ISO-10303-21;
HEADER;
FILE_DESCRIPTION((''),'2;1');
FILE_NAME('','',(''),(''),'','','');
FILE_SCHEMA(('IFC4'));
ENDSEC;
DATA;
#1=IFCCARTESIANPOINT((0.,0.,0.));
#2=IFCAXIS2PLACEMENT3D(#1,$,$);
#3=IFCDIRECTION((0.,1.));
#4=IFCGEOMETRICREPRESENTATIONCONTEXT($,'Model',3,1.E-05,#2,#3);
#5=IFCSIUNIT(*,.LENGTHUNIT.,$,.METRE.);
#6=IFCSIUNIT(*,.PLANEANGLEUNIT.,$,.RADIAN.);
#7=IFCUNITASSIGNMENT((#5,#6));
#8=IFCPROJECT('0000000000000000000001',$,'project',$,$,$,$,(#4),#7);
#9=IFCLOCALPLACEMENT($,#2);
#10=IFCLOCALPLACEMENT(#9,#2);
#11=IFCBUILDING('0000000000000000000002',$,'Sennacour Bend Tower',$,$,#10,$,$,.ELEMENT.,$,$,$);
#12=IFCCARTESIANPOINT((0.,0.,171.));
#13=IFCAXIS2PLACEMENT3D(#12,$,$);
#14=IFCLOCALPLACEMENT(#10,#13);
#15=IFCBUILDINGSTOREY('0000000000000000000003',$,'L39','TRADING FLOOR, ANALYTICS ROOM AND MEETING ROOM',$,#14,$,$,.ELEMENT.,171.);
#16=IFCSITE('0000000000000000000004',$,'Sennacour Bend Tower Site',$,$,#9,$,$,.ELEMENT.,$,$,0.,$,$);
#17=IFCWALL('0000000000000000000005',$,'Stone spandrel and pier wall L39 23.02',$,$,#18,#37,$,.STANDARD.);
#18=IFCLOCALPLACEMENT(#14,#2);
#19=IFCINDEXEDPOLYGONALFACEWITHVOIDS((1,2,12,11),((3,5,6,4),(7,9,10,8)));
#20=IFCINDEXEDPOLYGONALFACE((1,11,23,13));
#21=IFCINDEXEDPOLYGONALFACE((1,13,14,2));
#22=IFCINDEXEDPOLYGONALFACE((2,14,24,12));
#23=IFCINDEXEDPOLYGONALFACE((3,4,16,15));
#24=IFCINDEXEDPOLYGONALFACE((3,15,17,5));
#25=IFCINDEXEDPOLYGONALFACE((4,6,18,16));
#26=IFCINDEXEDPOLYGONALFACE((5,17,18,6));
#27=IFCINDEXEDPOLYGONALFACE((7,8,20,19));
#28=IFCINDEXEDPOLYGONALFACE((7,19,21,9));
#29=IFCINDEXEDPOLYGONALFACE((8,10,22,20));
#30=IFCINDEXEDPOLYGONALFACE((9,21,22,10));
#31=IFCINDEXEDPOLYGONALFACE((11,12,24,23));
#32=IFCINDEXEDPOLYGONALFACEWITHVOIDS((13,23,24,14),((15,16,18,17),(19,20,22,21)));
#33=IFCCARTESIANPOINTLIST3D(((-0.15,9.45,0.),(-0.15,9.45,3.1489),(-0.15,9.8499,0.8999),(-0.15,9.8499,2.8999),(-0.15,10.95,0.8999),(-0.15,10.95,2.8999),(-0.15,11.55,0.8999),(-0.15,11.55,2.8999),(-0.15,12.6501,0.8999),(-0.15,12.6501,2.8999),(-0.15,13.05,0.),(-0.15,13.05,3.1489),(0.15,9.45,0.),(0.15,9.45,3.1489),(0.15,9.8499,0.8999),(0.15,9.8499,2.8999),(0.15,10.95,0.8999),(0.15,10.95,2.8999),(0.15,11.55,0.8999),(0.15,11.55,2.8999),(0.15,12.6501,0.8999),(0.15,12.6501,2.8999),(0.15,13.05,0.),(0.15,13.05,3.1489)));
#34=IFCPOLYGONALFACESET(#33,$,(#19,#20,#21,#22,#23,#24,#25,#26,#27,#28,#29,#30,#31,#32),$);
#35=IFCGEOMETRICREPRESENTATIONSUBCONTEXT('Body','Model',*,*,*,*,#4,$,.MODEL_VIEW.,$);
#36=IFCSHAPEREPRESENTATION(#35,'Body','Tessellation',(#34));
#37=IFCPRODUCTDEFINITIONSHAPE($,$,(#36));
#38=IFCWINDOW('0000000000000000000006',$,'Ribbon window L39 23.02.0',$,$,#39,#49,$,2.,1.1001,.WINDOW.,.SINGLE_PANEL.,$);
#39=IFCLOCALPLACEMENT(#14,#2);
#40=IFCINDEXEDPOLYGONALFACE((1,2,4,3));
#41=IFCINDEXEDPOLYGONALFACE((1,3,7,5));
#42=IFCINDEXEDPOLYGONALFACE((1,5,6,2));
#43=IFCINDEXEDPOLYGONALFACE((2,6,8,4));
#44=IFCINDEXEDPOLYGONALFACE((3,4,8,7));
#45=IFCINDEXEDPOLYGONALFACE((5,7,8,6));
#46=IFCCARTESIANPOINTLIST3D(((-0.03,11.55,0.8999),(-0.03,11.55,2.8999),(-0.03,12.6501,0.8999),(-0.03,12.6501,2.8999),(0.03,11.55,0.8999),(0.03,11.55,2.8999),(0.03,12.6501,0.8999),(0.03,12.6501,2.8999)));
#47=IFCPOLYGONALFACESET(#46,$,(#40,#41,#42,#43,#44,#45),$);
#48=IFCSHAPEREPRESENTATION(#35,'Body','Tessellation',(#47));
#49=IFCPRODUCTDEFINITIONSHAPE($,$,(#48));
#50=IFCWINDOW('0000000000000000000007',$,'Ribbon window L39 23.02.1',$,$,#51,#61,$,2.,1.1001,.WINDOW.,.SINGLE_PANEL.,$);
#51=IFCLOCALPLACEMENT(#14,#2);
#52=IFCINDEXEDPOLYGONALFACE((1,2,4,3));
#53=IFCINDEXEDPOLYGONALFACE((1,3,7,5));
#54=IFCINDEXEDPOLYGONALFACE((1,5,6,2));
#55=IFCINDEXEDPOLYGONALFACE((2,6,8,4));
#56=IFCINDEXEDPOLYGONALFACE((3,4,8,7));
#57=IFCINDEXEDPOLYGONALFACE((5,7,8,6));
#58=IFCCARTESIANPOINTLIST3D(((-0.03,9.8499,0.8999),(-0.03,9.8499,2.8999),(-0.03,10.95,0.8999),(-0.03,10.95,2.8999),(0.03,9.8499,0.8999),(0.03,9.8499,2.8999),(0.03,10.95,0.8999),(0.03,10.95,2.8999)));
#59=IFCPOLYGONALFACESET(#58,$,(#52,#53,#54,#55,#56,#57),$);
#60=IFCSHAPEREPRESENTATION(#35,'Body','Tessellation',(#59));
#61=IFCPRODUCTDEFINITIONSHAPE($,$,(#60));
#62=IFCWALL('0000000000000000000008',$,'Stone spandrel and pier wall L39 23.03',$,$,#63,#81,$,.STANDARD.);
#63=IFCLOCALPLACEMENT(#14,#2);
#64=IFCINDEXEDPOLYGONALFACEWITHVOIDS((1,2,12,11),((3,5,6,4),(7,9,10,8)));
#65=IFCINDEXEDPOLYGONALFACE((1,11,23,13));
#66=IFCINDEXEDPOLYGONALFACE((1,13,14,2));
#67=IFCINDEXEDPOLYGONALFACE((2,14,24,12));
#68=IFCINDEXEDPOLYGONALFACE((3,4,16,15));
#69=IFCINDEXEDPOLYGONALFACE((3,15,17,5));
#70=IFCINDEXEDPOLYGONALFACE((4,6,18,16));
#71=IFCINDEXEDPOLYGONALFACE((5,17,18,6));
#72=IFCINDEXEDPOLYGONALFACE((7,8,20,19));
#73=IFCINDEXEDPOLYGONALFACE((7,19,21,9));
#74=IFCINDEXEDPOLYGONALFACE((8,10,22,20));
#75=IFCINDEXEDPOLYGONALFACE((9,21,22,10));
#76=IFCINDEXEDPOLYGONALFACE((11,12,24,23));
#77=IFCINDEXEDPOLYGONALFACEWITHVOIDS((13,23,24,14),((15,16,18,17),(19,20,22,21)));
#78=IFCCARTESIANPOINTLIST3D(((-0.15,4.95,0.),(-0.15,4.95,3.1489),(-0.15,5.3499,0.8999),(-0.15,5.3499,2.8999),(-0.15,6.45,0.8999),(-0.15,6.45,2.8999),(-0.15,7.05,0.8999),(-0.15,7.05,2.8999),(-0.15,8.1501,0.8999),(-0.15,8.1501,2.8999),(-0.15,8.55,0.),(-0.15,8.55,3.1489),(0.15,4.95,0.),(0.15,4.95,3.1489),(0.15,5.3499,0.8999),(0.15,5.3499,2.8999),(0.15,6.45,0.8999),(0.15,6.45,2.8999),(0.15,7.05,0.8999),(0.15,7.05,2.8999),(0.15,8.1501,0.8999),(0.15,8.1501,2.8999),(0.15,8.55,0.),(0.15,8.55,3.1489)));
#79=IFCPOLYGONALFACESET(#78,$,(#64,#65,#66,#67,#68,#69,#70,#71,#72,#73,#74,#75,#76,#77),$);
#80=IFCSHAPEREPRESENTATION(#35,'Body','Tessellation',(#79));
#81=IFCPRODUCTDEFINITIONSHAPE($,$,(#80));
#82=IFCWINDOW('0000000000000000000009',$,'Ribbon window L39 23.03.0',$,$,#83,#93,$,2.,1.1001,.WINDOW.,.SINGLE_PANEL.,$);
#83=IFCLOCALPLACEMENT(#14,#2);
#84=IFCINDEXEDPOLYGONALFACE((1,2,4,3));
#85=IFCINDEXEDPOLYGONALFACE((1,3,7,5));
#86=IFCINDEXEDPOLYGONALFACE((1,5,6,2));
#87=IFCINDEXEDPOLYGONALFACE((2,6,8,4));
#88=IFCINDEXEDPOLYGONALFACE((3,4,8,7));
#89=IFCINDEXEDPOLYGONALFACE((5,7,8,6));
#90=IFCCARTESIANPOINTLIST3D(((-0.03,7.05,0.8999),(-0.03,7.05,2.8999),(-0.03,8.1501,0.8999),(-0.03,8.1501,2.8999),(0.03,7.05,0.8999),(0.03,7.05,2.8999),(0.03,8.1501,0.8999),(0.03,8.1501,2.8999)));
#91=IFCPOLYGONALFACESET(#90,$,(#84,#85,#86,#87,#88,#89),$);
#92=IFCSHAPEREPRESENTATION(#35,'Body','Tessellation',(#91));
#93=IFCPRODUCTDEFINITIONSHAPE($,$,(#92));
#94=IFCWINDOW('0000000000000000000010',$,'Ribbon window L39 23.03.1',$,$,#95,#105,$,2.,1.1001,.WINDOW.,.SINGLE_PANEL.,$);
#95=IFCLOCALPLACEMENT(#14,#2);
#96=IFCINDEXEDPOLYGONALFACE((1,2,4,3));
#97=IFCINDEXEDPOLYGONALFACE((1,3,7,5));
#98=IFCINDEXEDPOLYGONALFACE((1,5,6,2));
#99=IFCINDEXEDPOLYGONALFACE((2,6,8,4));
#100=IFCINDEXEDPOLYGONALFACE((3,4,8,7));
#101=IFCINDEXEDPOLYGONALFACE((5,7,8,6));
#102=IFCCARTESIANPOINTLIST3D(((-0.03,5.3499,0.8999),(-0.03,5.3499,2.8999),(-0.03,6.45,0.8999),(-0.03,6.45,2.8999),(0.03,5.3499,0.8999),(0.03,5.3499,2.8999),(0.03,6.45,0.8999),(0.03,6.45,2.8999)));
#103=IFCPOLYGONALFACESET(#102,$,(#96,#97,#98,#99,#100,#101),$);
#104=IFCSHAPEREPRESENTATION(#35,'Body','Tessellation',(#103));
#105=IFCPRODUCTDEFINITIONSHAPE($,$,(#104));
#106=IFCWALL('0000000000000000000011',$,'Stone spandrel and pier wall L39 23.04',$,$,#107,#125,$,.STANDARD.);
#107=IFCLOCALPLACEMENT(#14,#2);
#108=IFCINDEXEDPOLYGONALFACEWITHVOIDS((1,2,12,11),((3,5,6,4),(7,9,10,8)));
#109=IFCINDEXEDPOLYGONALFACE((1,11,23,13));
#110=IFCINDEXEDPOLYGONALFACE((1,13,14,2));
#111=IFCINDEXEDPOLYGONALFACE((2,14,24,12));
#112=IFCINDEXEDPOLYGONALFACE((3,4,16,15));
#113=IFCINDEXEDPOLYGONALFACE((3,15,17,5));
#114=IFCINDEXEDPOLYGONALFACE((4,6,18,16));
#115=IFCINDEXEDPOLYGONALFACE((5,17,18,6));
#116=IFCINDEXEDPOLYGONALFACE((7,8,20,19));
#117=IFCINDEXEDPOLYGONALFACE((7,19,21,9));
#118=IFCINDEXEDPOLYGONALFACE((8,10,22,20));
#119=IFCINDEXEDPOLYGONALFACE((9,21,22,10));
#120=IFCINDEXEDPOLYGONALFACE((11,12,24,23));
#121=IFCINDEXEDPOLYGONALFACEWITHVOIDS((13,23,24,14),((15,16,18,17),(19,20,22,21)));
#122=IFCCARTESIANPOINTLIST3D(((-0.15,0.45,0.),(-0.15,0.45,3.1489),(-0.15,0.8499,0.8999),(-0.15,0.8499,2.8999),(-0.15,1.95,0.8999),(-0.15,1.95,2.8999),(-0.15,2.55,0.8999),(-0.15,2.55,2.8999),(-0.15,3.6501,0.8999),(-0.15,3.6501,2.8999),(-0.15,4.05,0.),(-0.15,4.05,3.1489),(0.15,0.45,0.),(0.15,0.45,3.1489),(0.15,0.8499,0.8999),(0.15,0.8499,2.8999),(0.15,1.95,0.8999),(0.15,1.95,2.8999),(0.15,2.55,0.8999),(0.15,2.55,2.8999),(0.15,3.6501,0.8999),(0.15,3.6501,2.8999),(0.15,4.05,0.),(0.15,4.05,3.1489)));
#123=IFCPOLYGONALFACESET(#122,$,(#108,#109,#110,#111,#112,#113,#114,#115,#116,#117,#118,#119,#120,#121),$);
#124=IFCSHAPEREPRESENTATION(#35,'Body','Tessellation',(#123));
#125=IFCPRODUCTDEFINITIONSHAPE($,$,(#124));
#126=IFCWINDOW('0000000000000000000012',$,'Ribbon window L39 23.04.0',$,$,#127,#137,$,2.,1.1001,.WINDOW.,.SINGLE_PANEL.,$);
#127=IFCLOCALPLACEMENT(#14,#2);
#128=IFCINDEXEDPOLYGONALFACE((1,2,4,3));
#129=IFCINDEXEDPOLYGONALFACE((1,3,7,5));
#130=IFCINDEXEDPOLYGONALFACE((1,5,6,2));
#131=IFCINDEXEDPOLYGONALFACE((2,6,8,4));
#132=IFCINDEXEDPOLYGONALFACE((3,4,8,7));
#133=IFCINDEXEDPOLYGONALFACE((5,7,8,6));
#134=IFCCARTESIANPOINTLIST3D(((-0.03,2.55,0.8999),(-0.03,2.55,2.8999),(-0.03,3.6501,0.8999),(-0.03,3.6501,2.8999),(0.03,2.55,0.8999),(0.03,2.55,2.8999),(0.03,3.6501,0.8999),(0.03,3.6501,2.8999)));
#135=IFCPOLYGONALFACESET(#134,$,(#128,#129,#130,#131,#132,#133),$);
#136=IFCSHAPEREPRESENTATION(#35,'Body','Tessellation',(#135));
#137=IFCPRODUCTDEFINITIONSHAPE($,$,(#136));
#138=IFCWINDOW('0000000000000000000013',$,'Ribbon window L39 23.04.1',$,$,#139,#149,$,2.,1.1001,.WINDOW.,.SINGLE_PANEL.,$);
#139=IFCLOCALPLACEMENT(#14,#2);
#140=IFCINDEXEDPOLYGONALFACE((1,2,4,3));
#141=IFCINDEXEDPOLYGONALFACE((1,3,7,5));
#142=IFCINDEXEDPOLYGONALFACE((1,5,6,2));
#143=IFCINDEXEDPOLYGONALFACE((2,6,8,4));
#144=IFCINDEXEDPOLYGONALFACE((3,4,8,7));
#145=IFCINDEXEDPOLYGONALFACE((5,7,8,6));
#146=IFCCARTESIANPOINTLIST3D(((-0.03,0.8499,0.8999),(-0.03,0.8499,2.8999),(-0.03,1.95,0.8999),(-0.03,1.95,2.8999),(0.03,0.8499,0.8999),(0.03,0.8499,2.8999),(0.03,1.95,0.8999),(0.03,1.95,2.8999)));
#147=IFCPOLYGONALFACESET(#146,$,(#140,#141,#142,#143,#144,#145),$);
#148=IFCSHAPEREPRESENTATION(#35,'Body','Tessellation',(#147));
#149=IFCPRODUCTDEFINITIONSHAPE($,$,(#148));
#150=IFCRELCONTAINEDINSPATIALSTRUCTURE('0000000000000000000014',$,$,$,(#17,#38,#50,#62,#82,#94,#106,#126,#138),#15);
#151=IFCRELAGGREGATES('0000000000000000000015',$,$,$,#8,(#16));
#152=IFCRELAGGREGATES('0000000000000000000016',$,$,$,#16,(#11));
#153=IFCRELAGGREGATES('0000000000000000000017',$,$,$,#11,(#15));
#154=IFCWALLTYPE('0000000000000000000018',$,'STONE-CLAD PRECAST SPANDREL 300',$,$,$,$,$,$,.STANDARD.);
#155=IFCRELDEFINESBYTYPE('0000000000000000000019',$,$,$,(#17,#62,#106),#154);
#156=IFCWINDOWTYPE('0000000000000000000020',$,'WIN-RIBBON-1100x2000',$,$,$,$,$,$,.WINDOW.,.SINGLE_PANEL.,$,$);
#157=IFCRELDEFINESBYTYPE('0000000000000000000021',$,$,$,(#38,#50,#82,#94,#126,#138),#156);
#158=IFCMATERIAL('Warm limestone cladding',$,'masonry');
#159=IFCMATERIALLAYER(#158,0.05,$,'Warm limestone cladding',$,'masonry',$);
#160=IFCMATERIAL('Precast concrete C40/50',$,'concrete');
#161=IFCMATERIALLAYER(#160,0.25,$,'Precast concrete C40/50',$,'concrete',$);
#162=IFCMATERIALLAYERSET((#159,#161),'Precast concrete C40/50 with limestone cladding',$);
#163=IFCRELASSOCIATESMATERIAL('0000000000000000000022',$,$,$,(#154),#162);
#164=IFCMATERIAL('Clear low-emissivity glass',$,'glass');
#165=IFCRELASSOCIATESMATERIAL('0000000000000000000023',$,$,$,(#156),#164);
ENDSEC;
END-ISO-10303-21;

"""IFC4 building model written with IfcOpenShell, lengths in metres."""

from ifc_helpers import new_model, si_unit, direction, frame, frame_2d, origin, place, context, subcontext, project, spatial, rectangle, extrude, material, layer, layer_set, type_object, element, fill, save


model = new_model("IFC4")

# Units and contexts
model_context = context("Model", 3, precision=1e-05, world=origin(), true_north=direction((0.0, 1.0)))
body_context = subcontext(model_context, "Body", "Model", "MODEL_VIEW")
ifc_project = project(units=[si_unit("LENGTHUNIT", "METRE"), si_unit("PLANEANGLEUNIT", "RADIAN")], contexts=[model_context])

# Site, building, storey
site_placement = place(None, origin())
site = spatial("IfcSite", under=ifc_project, at=site_placement, Name="Sennacour Bend Tower Site", CompositionType="ELEMENT", RefElevation=0.0)
building_placement = place(site_placement, origin())
building = spatial("IfcBuilding", under=site, at=building_placement, Name="Sennacour Bend Tower", CompositionType="ELEMENT")
storey_placement = place(building_placement, frame((0.0, 0.0, 171.0)))
storey = spatial("IfcBuildingStorey", under=building, at=storey_placement, Name="L39", Description="TRADING FLOOR, ANALYTICS ROOM AND MEETING ROOM", CompositionType="ELEMENT", Elevation=171.0)

# Walls, openings, windows
ifc_material_1 = material(Name="Warm limestone cladding", Category="masonry")
ifc_layer_1 = layer(ifc_material_1, 0.05, Name="Warm limestone cladding", Category="masonry")
ifc_material_2 = material(Name="Precast concrete C40/50", Category="concrete")
ifc_layer_2 = layer(ifc_material_2, 0.25, Name="Precast concrete C40/50", Category="concrete")
ifc_layer_set_1 = layer_set([ifc_layer_1, ifc_layer_2], Name="Precast concrete C40/50 with limestone cladding")
wall_type_1 = type_object("IfcWallType", Name="STONE-CLAD PRECAST SPANDREL 300", PredefinedType="STANDARD", material=ifc_layer_set_1)
wall_1_placement = place(storey_placement, frame((0.0, 13.05, 0.0), z_axis=(0.0, 0.0, 1.0), x_axis=(0.0, -1.0, 0.0)))
wall_1 = element("IfcWall", 1, at=wall_1_placement, inside=storey, type_object=wall_type_1, Name="Stone spandrel and pier wall L39 23.02", PredefinedType="STANDARD", context=body_context, shape_type="SweptSolid", body=[
    extrude(rectangle(XDim=3.6001, YDim=0.3, at=frame_2d((1.8, 0.0))), origin(), (0.0, 0.0, 1.0), 3.1489),
])
opening_1_placement = place(wall_1_placement, frame((0.3999, 0.0, 0.8999)))
opening_1 = element("IfcOpeningElement", 2, at=opening_1_placement, cuts=wall_1, PredefinedType="OPENING", context=body_context, shape_type="SweptSolid", body=[
    extrude(rectangle(XDim=1.1001, YDim=2.0, at=frame_2d((0.55, 1.0))), frame((0.0, 0.1602, 0.0), z_axis=(0.0, -1.0, 0.0), x_axis=(1.0, 0.0, 0.0)), (0.0, 0.0, 1.0), 0.3201),
])
opening_2_placement = place(wall_1_placement, frame((2.1001, 0.0, 0.8999)))
opening_2 = element("IfcOpeningElement", 3, at=opening_2_placement, cuts=wall_1, PredefinedType="OPENING", context=body_context, shape_type="SweptSolid", body=[
    extrude(rectangle(XDim=1.1001, YDim=2.0, at=frame_2d((0.55, 1.0))), frame((0.0, 0.1602, 0.0), z_axis=(0.0, -1.0, 0.0), x_axis=(1.0, 0.0, 0.0)), (0.0, 0.0, 1.0), 0.3201),
])
ifc_material_3 = material(Name="Clear low-emissivity glass", Category="glass")
window_type = type_object("IfcWindowType", Name="WIN-RIBBON-1100x2000", PartitioningType="SINGLE_PANEL", PredefinedType="WINDOW", material=ifc_material_3)
window_1_placement = place(opening_1_placement, origin())
window_1 = element("IfcWindow", 4, at=window_1_placement, inside=storey, type_object=window_type, Name="Ribbon window L39 23.02.0", OverallHeight=2.0, OverallWidth=1.1001, PartitioningType="SINGLE_PANEL", PredefinedType="WINDOW", context=body_context, shape_type="SweptSolid", body=[
    extrude(rectangle(XDim=1.1001, YDim=2.0, at=frame_2d((0.55, 1.0))), frame((0.0, 0.03, 0.0), z_axis=(0.0, -1.0, 0.0), x_axis=(1.0, 0.0, 0.0)), (0.0, 0.0, 1.0), 0.0601),
])
fill(opening_1, window_1)
window_2_placement = place(opening_2_placement, origin())
window_2 = element("IfcWindow", 5, at=window_2_placement, inside=storey, type_object=window_type, Name="Ribbon window L39 23.02.1", OverallHeight=2.0, OverallWidth=1.1001, PartitioningType="SINGLE_PANEL", PredefinedType="WINDOW", context=body_context, shape_type="SweptSolid", body=[
    extrude(rectangle(XDim=1.1001, YDim=2.0, at=frame_2d((0.55, 1.0))), frame((0.0, 0.03, 0.0), z_axis=(0.0, -1.0, 0.0), x_axis=(1.0, 0.0, 0.0)), (0.0, 0.0, 1.0), 0.0601),
])
fill(opening_2, window_2)
wall_2_placement = place(storey_placement, frame((0.0, 8.55, 0.0), z_axis=(0.0, 0.0, 1.0), x_axis=(0.0, -1.0, 0.0)))
wall_2 = element("IfcWall", 6, at=wall_2_placement, inside=storey, type_object=wall_type_1, Name="Stone spandrel and pier wall L39 23.03", PredefinedType="STANDARD", context=body_context, shape_type="SweptSolid", body=[
    extrude(rectangle(XDim=3.6001, YDim=0.3, at=frame_2d((1.8, 0.0))), origin(), (0.0, 0.0, 1.0), 3.1489),
])
opening_3_placement = place(wall_2_placement, frame((0.3999, 0.0, 0.8999)))
opening_3 = element("IfcOpeningElement", 7, at=opening_3_placement, cuts=wall_2, PredefinedType="OPENING", context=body_context, shape_type="SweptSolid", body=[
    extrude(rectangle(XDim=1.1001, YDim=2.0, at=frame_2d((0.55, 1.0))), frame((0.0, 0.1602, 0.0), z_axis=(0.0, -1.0, 0.0), x_axis=(1.0, 0.0, 0.0)), (0.0, 0.0, 1.0), 0.3201),
])
opening_4_placement = place(wall_2_placement, frame((2.1001, 0.0, 0.8999)))
opening_4 = element("IfcOpeningElement", 8, at=opening_4_placement, cuts=wall_2, PredefinedType="OPENING", context=body_context, shape_type="SweptSolid", body=[
    extrude(rectangle(XDim=1.1001, YDim=2.0, at=frame_2d((0.55, 1.0))), frame((0.0, 0.1602, 0.0), z_axis=(0.0, -1.0, 0.0), x_axis=(1.0, 0.0, 0.0)), (0.0, 0.0, 1.0), 0.3201),
])
window_3_placement = place(opening_3_placement, origin())
window_3 = element("IfcWindow", 9, at=window_3_placement, inside=storey, type_object=window_type, Name="Ribbon window L39 23.03.0", OverallHeight=2.0, OverallWidth=1.1001, PartitioningType="SINGLE_PANEL", PredefinedType="WINDOW", context=body_context, shape_type="SweptSolid", body=[
    extrude(rectangle(XDim=1.1001, YDim=2.0, at=frame_2d((0.55, 1.0))), frame((0.0, 0.03, 0.0), z_axis=(0.0, -1.0, 0.0), x_axis=(1.0, 0.0, 0.0)), (0.0, 0.0, 1.0), 0.0601),
])
fill(opening_3, window_3)
window_4_placement = place(opening_4_placement, origin())
window_4 = element("IfcWindow", 10, at=window_4_placement, inside=storey, type_object=window_type, Name="Ribbon window L39 23.03.1", OverallHeight=2.0, OverallWidth=1.1001, PartitioningType="SINGLE_PANEL", PredefinedType="WINDOW", context=body_context, shape_type="SweptSolid", body=[
    extrude(rectangle(XDim=1.1001, YDim=2.0, at=frame_2d((0.55, 1.0))), frame((0.0, 0.03, 0.0), z_axis=(0.0, -1.0, 0.0), x_axis=(1.0, 0.0, 0.0)), (0.0, 0.0, 1.0), 0.0601),
])
fill(opening_4, window_4)
wall_3_placement = place(storey_placement, frame((0.0, 4.05, 0.0), z_axis=(0.0, 0.0, 1.0), x_axis=(0.0, -1.0, 0.0)))
wall_3 = element("IfcWall", 11, at=wall_3_placement, inside=storey, type_object=wall_type_1, Name="Stone spandrel and pier wall L39 23.04", PredefinedType="STANDARD", context=body_context, shape_type="SweptSolid", body=[
    extrude(rectangle(XDim=3.6001, YDim=0.3, at=frame_2d((1.8, 0.0))), origin(), (0.0, 0.0, 1.0), 3.1489),
])
opening_5_placement = place(wall_3_placement, frame((0.3999, 0.0, 0.8999)))
opening_5 = element("IfcOpeningElement", 12, at=opening_5_placement, cuts=wall_3, PredefinedType="OPENING", context=body_context, shape_type="SweptSolid", body=[
    extrude(rectangle(XDim=1.1001, YDim=2.0, at=frame_2d((0.55, 1.0))), frame((0.0, 0.1602, 0.0), z_axis=(0.0, -1.0, 0.0), x_axis=(1.0, 0.0, 0.0)), (0.0, 0.0, 1.0), 0.3201),
])
opening_6_placement = place(wall_3_placement, frame((2.1001, 0.0, 0.8999)))
opening_6 = element("IfcOpeningElement", 13, at=opening_6_placement, cuts=wall_3, PredefinedType="OPENING", context=body_context, shape_type="SweptSolid", body=[
    extrude(rectangle(XDim=1.1001, YDim=2.0, at=frame_2d((0.55, 1.0))), frame((0.0, 0.1602, 0.0), z_axis=(0.0, -1.0, 0.0), x_axis=(1.0, 0.0, 0.0)), (0.0, 0.0, 1.0), 0.3201),
])
window_5_placement = place(opening_5_placement, origin())
window_5 = element("IfcWindow", 14, at=window_5_placement, inside=storey, type_object=window_type, Name="Ribbon window L39 23.04.0", OverallHeight=2.0, OverallWidth=1.1001, PartitioningType="SINGLE_PANEL", PredefinedType="WINDOW", context=body_context, shape_type="SweptSolid", body=[
    extrude(rectangle(XDim=1.1001, YDim=2.0, at=frame_2d((0.55, 1.0))), frame((0.0, 0.03, 0.0), z_axis=(0.0, -1.0, 0.0), x_axis=(1.0, 0.0, 0.0)), (0.0, 0.0, 1.0), 0.0601),
])
fill(opening_5, window_5)
window_6_placement = place(opening_6_placement, origin())
window_6 = element("IfcWindow", 15, at=window_6_placement, inside=storey, type_object=window_type, Name="Ribbon window L39 23.04.1", OverallHeight=2.0, OverallWidth=1.1001, PartitioningType="SINGLE_PANEL", PredefinedType="WINDOW", context=body_context, shape_type="SweptSolid", body=[
    extrude(rectangle(XDim=1.1001, YDim=2.0, at=frame_2d((0.55, 1.0))), frame((0.0, 0.03, 0.0), z_axis=(0.0, -1.0, 0.0), x_axis=(1.0, 0.0, 0.0)), (0.0, 0.0, 1.0), 0.0601),
])
fill(opening_6, window_6)

save(model, "model.ifc")
